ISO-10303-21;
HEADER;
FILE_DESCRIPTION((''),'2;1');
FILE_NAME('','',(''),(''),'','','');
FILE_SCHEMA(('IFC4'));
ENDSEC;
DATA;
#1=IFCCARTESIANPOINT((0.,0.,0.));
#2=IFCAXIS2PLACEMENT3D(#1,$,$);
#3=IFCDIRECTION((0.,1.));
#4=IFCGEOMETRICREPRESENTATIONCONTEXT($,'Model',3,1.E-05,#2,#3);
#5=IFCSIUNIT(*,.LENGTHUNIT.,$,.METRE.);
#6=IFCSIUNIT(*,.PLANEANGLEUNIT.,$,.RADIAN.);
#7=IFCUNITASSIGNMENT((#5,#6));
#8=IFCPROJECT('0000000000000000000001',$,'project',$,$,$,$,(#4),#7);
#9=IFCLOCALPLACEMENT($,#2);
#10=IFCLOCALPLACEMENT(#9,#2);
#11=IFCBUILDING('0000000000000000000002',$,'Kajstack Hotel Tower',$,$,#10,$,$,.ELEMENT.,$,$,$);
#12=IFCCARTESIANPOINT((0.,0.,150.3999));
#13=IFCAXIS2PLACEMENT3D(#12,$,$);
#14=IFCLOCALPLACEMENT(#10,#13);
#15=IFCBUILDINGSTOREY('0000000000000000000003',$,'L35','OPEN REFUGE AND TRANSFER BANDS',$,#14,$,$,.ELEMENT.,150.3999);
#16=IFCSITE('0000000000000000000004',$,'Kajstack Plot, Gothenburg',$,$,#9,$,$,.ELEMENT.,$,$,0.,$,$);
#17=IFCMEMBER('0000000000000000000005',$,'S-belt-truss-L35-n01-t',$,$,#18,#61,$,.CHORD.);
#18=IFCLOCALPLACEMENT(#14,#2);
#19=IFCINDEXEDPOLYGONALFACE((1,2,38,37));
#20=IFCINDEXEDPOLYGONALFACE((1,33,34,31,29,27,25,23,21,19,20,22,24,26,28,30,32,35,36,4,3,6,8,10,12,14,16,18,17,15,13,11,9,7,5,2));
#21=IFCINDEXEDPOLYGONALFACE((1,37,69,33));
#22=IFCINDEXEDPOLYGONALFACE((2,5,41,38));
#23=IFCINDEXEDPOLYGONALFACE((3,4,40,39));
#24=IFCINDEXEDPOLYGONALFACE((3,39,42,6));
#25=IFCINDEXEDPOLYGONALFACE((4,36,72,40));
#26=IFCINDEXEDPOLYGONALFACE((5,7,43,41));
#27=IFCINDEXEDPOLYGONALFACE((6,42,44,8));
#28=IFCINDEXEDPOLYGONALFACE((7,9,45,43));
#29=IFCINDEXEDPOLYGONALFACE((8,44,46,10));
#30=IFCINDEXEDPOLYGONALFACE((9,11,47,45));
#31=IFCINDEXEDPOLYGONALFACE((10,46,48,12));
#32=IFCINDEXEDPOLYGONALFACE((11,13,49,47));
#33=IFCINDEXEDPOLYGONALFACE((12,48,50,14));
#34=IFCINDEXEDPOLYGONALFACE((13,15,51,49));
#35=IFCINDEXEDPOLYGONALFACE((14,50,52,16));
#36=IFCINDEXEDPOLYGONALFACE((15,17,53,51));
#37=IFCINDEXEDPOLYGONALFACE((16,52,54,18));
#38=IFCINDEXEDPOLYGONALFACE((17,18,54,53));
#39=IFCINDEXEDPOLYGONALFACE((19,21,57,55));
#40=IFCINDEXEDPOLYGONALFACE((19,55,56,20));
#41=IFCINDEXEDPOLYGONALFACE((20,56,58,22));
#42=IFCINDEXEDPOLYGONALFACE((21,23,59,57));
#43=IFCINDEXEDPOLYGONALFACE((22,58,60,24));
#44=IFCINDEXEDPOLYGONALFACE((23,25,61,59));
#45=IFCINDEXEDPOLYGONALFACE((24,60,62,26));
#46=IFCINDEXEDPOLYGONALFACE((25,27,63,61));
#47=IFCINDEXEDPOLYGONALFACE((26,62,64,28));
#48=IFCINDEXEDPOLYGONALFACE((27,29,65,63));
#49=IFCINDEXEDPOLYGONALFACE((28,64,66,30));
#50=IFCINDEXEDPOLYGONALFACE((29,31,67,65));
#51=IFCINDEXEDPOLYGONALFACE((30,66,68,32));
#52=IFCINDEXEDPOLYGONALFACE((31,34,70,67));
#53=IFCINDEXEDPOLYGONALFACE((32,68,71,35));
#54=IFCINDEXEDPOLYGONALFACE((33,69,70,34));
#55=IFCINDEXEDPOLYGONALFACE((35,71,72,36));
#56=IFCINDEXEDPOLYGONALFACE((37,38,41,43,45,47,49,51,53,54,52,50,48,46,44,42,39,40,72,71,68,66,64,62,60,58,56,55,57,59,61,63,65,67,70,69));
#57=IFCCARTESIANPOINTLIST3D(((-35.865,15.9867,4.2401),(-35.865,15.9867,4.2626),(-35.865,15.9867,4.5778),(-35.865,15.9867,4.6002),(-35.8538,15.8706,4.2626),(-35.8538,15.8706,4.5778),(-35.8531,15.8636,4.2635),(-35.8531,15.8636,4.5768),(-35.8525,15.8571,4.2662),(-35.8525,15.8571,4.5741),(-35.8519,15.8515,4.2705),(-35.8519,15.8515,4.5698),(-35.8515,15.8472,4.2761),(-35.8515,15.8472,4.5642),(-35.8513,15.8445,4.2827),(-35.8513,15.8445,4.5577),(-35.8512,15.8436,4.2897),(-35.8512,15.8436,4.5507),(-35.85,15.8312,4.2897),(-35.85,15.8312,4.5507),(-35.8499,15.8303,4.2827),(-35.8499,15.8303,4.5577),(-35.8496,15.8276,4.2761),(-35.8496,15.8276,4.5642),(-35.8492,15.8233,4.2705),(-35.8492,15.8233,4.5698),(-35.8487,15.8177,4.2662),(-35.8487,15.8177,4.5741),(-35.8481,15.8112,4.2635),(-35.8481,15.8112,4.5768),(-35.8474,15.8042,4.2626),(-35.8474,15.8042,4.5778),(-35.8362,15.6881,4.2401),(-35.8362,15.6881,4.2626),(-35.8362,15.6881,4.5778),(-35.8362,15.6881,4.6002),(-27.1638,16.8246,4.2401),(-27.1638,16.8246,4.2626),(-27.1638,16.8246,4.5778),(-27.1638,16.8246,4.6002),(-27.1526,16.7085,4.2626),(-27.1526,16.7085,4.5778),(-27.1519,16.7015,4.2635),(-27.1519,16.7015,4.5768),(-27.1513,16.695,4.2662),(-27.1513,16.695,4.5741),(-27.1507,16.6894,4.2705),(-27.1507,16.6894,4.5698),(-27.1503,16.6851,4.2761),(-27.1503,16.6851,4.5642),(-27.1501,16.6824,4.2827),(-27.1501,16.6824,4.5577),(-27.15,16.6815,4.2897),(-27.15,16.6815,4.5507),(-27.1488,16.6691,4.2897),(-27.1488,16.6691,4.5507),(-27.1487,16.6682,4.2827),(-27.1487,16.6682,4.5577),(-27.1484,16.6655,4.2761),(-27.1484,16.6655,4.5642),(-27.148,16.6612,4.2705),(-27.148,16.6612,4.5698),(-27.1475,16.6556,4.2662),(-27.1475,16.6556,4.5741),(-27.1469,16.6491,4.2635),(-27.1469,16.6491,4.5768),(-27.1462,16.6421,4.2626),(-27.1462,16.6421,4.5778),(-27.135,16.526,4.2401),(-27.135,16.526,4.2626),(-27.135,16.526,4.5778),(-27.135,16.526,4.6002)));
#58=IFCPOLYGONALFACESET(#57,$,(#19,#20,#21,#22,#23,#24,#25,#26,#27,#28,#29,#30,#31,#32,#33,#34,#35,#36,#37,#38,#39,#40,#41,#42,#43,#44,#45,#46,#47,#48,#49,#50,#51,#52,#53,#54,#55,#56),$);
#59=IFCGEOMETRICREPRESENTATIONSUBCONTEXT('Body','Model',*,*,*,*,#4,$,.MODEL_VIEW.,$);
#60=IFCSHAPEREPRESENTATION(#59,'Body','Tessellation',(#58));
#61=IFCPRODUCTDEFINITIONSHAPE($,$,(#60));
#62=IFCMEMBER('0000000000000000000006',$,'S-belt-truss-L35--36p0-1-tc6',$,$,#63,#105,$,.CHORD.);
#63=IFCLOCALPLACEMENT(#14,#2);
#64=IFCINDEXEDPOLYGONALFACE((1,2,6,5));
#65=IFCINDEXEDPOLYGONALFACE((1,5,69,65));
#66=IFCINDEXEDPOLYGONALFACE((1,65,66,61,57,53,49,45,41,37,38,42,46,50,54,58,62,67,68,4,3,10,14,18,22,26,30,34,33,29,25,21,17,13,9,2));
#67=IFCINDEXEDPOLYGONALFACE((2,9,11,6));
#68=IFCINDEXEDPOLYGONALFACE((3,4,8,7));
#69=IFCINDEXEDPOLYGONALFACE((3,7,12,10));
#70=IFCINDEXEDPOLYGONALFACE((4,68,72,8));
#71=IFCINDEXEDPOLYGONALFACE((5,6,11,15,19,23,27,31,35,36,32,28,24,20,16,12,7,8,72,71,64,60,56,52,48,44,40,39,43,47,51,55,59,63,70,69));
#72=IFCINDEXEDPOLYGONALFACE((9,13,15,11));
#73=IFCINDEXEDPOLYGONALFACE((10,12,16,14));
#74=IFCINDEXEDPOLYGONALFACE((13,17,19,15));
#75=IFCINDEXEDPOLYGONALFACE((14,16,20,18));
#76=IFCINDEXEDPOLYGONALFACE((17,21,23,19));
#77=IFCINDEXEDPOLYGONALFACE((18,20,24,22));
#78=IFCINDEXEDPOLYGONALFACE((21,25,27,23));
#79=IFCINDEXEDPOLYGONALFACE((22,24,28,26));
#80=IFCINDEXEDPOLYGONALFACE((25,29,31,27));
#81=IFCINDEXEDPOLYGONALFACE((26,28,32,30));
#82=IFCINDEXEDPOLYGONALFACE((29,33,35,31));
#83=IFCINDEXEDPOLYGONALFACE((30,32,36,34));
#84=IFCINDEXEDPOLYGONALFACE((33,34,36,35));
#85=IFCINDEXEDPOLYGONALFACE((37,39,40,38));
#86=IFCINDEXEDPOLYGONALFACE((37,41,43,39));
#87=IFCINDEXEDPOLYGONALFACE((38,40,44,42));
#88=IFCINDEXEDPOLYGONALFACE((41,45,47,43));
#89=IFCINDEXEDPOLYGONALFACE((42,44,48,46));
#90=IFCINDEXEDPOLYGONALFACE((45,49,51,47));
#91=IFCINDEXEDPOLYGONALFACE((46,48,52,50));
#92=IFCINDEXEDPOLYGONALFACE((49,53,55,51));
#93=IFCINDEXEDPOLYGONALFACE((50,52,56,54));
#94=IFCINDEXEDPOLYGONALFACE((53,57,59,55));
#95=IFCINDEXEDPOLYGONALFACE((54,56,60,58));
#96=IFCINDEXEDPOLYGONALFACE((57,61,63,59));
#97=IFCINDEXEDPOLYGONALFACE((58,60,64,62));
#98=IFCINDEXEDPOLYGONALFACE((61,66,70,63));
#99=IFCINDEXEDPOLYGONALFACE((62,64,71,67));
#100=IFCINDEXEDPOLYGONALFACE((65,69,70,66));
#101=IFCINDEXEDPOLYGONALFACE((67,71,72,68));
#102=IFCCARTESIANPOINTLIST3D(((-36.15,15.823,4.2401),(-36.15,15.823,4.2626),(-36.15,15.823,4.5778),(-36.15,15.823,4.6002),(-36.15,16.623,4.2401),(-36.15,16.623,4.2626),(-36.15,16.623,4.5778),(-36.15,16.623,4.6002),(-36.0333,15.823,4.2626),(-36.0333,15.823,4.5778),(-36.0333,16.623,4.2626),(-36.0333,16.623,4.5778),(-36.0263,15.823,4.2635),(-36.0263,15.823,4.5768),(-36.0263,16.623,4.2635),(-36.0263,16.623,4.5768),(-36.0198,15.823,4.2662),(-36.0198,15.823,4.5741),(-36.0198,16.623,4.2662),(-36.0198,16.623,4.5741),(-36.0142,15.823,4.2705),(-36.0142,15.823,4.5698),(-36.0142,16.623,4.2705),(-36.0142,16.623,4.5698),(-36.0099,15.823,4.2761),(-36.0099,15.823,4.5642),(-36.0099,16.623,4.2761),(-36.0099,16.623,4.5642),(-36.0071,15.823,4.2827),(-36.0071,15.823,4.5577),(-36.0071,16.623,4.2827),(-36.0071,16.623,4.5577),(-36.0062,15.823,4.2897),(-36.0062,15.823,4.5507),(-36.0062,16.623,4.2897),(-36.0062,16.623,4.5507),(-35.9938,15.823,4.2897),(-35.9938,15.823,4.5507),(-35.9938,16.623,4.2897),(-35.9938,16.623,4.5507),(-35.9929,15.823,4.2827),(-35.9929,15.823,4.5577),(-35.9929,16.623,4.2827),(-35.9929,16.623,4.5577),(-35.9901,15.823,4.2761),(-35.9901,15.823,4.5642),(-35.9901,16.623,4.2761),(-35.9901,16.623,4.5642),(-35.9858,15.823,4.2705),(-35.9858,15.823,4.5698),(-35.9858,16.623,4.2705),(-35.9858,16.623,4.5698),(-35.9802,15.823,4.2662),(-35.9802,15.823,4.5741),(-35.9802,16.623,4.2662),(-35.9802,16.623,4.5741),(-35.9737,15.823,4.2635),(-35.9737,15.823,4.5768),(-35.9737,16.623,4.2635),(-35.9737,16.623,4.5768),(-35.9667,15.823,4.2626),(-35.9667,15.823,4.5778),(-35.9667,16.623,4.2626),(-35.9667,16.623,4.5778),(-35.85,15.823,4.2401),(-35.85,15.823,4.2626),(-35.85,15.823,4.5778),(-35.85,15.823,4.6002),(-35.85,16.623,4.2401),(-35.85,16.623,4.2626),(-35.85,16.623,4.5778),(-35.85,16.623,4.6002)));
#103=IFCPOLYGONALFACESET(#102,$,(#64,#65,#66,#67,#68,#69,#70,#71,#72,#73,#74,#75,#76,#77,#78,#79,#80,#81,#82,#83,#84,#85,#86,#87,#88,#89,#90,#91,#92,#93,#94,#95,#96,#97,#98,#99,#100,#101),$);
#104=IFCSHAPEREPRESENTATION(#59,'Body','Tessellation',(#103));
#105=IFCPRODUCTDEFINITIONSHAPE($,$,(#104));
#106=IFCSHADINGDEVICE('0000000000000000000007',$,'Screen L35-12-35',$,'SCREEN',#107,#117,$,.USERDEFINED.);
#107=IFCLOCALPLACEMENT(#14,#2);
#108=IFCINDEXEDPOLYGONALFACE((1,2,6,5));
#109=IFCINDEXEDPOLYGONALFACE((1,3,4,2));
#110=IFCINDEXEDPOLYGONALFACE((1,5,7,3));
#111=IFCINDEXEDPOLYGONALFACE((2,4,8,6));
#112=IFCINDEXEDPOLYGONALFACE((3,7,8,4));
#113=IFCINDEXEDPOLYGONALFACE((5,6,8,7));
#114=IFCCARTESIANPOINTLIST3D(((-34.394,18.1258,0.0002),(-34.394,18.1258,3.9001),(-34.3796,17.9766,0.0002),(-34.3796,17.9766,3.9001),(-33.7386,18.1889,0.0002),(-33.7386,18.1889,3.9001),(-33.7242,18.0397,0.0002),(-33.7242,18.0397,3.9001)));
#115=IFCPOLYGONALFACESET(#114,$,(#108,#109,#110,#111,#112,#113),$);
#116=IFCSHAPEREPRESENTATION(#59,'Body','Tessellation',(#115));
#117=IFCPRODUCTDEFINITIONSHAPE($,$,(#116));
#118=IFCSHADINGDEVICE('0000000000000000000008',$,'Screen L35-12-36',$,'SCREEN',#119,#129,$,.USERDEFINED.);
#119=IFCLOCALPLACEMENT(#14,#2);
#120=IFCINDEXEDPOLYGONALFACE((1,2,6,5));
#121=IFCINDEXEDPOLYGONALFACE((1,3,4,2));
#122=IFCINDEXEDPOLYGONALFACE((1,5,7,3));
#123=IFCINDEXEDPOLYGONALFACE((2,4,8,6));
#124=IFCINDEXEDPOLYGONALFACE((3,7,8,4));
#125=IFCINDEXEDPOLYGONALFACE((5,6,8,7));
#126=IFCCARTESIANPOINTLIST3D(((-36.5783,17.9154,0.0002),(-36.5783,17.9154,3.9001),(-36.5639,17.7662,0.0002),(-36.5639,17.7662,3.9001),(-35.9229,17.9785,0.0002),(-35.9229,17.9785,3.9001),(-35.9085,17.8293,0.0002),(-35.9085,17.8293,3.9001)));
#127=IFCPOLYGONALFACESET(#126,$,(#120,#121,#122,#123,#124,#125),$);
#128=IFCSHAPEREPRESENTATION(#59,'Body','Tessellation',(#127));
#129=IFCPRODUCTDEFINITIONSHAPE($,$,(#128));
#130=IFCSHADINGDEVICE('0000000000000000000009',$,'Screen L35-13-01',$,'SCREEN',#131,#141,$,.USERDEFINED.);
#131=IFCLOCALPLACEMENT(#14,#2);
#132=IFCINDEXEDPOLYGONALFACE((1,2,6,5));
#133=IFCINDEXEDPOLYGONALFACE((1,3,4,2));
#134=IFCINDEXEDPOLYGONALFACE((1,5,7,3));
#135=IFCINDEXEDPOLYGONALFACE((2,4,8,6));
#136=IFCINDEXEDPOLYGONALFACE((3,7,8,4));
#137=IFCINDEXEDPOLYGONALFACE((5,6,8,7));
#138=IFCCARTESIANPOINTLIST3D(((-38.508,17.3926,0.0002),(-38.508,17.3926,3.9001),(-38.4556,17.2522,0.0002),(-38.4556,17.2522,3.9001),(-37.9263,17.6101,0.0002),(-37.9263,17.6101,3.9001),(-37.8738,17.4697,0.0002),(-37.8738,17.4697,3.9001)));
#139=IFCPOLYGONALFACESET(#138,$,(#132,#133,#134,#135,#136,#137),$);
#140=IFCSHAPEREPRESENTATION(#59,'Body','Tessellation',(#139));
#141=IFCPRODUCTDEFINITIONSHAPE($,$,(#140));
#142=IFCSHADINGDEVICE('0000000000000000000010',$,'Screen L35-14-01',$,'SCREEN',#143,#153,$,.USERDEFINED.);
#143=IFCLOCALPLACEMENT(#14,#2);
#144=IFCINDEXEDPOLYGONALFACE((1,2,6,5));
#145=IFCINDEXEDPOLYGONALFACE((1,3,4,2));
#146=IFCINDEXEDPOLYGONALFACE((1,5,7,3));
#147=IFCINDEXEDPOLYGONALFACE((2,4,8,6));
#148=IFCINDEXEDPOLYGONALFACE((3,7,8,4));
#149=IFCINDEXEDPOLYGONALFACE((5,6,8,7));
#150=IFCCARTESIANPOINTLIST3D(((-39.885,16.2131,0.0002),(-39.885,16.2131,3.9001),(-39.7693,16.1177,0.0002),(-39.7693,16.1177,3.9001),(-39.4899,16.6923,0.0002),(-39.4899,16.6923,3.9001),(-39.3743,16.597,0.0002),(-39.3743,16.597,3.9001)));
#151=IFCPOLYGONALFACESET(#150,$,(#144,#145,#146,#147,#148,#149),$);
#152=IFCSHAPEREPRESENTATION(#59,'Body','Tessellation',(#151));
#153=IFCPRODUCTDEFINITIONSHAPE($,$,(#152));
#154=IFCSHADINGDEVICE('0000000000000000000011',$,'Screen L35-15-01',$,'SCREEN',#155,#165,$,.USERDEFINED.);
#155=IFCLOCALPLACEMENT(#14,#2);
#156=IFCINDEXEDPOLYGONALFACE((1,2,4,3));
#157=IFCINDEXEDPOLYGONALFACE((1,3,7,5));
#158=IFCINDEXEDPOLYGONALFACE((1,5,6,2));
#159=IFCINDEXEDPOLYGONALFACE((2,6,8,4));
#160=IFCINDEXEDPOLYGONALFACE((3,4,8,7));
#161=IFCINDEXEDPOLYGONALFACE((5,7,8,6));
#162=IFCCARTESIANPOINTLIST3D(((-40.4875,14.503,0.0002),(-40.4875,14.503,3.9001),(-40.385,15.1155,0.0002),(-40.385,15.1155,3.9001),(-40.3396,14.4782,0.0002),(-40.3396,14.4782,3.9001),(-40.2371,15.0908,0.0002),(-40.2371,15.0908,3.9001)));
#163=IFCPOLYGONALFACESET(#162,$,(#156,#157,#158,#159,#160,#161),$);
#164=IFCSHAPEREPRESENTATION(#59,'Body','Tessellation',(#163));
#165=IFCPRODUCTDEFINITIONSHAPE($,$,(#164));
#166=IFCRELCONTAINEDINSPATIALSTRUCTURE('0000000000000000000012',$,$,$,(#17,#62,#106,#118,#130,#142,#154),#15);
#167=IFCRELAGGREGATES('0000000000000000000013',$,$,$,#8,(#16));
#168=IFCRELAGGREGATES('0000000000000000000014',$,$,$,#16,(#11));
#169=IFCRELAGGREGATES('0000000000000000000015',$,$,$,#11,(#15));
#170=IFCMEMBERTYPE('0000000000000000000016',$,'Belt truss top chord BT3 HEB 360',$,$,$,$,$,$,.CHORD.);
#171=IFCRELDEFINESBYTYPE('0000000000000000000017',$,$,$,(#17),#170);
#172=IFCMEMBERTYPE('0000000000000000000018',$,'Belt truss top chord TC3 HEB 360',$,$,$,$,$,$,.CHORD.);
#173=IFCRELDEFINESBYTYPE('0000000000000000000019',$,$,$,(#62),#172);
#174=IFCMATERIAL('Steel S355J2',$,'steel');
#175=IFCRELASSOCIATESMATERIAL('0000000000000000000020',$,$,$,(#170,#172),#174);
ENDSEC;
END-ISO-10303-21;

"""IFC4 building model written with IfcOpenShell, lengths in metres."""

from ifc_helpers import new_model, si_unit, direction, frame, origin, origin_2d, place, context, subcontext, project, spatial, rectangle, i_section, extrude, material, material_profile, profile_set, type_object, element, save


model = new_model("IFC4")

# Units and contexts
model_context = context("Model", 3, precision=1e-05, world=origin(), true_north=direction((0.0, 1.0)))
body_context = subcontext(model_context, "Body", "Model", "MODEL_VIEW")
ifc_project = project(units=[si_unit("LENGTHUNIT", "METRE"), si_unit("PLANEANGLEUNIT", "RADIAN")], contexts=[model_context])

# Site, building, storey
site_placement = place(None, origin())
site = spatial("IfcSite", under=ifc_project, at=site_placement, Name="Kajstack Plot, Gothenburg", CompositionType="ELEMENT", RefElevation=0.0)
building_placement = place(site_placement, origin())
building = spatial("IfcBuilding", under=site, at=building_placement, Name="Kajstack Hotel Tower", CompositionType="ELEMENT")
storey_placement = place(building_placement, frame((0.0, 0.0, 150.3999)))
storey = spatial("IfcBuildingStorey", under=building, at=storey_placement, Name="L35", Description="OPEN REFUGE AND TRANSFER BANDS", CompositionType="ELEMENT", Elevation=150.3999)

# Members
ifc_material = material(Name="Steel S355J2", Category="steel")
ifc_material_profile_1 = material_profile(ifc_material, i_section(OverallWidth=0.3, OverallDepth=0.3601, WebThickness=0.0125, FlangeThickness=0.0225, FilletRadius=0.0271, at=origin_2d()), Name="HEB 360")
ifc_profile_set_1 = profile_set([ifc_material_profile_1], Name="Steel S355J2")
member_type_1 = type_object("IfcMemberType", Name="Belt truss top chord BT3 HEB 360", PredefinedType="CHORD", material=ifc_profile_set_1)
member_1_placement = place(storey_placement, frame((-35.8506, 15.8374, 4.4202), z_axis=(0.995396, 0.095853, 0.0), x_axis=(-0.095853, 0.995396, 0.0)))
element("IfcMember", 1, at=member_1_placement, inside=storey, type_object=member_type_1, Name="S-belt-truss-L35-n01-t", PredefinedType="CHORD", context=body_context, shape_type="SweptSolid", body=[
    extrude(i_section(OverallWidth=0.3, OverallDepth=0.3601, WebThickness=0.0125, FlangeThickness=0.0225, FilletRadius=0.0271, at=origin_2d()), origin(), (0.0, 0.0, 1.0), 8.7415),
])
ifc_material_profile_2 = material_profile(ifc_material, i_section(OverallWidth=0.3, OverallDepth=0.3601, WebThickness=0.0125, FlangeThickness=0.0225, FilletRadius=0.0271, at=origin_2d()), Name="HEB 360")
ifc_profile_set_2 = profile_set([ifc_material_profile_2], Name="Steel S355J2")
member_type_2 = type_object("IfcMemberType", Name="Belt truss top chord TC3 HEB 360", PredefinedType="CHORD", material=ifc_profile_set_2)
member_2_placement = place(storey_placement, frame((-36.0, 15.823, 4.4202), z_axis=(0.0, 1.0, 0.0), x_axis=(-1.0, 0.0, 0.0)))
element("IfcMember", 2, at=member_2_placement, inside=storey, type_object=member_type_2, Name="S-belt-truss-L35--36p0-1-tc6", PredefinedType="CHORD", context=body_context, shape_type="SweptSolid", body=[
    extrude(i_section(OverallWidth=0.3, OverallDepth=0.3601, WebThickness=0.0125, FlangeThickness=0.0225, FilletRadius=0.0271, at=origin_2d()), origin(), (0.0, 0.0, 1.0), 0.8),
])

# Shading devices
for number, where, z_axis, x_axis, name in (
    (3, (-34.0591, 18.0828, 0.0002), (0.0, 0.0, 1.0), (-0.995396, -0.095846, 0.0), "Screen L35-12-35"),
    (4, (-36.2434, 17.8723, 0.0002), (0.0, 0.0, 1.0), (-0.995396, -0.095846, 0.0), "Screen L35-12-36"),
):
    element("IfcShadingDevice", number, at=place(storey_placement, frame(where, z_axis=z_axis, x_axis=x_axis)), inside=storey, Name=name, ObjectType="SCREEN", PredefinedType="USERDEFINED", context=body_context, shape_type="SweptSolid", body=[
        extrude(rectangle(XDim=0.6584, YDim=0.1499, at=origin_2d()), origin(), (0.0, 0.0, 1.0), 3.8999),
    ])
for number, where, z_axis, x_axis, name in (
    (5, (-38.1909, 17.4312, 0.0002), (0.0, 0.0, 1.0), (-0.93668, -0.350186, 0.0), "Screen L35-13-01"),
    (6, (-39.6296, 16.405, 0.0002), (0.0, 0.0, 1.0), (-0.636066, -0.771635, 0.0), "Screen L35-14-01"),
    (7, (-40.3623, 14.7969, 0.0002), (0.0, 0.0, 1.0), (-0.165025, -0.986289, 0.0), "Screen L35-15-01"),
):
    element("IfcShadingDevice", number, at=place(storey_placement, frame(where, z_axis=z_axis, x_axis=x_axis)), inside=storey, Name=name, ObjectType="SCREEN", PredefinedType="USERDEFINED", context=body_context, shape_type="SweptSolid", body=[
        extrude(rectangle(XDim=0.6211, YDim=0.1499, at=origin_2d()), origin(), (0.0, 0.0, 1.0), 3.8999),
    ])

save(model, "model.ifc")
